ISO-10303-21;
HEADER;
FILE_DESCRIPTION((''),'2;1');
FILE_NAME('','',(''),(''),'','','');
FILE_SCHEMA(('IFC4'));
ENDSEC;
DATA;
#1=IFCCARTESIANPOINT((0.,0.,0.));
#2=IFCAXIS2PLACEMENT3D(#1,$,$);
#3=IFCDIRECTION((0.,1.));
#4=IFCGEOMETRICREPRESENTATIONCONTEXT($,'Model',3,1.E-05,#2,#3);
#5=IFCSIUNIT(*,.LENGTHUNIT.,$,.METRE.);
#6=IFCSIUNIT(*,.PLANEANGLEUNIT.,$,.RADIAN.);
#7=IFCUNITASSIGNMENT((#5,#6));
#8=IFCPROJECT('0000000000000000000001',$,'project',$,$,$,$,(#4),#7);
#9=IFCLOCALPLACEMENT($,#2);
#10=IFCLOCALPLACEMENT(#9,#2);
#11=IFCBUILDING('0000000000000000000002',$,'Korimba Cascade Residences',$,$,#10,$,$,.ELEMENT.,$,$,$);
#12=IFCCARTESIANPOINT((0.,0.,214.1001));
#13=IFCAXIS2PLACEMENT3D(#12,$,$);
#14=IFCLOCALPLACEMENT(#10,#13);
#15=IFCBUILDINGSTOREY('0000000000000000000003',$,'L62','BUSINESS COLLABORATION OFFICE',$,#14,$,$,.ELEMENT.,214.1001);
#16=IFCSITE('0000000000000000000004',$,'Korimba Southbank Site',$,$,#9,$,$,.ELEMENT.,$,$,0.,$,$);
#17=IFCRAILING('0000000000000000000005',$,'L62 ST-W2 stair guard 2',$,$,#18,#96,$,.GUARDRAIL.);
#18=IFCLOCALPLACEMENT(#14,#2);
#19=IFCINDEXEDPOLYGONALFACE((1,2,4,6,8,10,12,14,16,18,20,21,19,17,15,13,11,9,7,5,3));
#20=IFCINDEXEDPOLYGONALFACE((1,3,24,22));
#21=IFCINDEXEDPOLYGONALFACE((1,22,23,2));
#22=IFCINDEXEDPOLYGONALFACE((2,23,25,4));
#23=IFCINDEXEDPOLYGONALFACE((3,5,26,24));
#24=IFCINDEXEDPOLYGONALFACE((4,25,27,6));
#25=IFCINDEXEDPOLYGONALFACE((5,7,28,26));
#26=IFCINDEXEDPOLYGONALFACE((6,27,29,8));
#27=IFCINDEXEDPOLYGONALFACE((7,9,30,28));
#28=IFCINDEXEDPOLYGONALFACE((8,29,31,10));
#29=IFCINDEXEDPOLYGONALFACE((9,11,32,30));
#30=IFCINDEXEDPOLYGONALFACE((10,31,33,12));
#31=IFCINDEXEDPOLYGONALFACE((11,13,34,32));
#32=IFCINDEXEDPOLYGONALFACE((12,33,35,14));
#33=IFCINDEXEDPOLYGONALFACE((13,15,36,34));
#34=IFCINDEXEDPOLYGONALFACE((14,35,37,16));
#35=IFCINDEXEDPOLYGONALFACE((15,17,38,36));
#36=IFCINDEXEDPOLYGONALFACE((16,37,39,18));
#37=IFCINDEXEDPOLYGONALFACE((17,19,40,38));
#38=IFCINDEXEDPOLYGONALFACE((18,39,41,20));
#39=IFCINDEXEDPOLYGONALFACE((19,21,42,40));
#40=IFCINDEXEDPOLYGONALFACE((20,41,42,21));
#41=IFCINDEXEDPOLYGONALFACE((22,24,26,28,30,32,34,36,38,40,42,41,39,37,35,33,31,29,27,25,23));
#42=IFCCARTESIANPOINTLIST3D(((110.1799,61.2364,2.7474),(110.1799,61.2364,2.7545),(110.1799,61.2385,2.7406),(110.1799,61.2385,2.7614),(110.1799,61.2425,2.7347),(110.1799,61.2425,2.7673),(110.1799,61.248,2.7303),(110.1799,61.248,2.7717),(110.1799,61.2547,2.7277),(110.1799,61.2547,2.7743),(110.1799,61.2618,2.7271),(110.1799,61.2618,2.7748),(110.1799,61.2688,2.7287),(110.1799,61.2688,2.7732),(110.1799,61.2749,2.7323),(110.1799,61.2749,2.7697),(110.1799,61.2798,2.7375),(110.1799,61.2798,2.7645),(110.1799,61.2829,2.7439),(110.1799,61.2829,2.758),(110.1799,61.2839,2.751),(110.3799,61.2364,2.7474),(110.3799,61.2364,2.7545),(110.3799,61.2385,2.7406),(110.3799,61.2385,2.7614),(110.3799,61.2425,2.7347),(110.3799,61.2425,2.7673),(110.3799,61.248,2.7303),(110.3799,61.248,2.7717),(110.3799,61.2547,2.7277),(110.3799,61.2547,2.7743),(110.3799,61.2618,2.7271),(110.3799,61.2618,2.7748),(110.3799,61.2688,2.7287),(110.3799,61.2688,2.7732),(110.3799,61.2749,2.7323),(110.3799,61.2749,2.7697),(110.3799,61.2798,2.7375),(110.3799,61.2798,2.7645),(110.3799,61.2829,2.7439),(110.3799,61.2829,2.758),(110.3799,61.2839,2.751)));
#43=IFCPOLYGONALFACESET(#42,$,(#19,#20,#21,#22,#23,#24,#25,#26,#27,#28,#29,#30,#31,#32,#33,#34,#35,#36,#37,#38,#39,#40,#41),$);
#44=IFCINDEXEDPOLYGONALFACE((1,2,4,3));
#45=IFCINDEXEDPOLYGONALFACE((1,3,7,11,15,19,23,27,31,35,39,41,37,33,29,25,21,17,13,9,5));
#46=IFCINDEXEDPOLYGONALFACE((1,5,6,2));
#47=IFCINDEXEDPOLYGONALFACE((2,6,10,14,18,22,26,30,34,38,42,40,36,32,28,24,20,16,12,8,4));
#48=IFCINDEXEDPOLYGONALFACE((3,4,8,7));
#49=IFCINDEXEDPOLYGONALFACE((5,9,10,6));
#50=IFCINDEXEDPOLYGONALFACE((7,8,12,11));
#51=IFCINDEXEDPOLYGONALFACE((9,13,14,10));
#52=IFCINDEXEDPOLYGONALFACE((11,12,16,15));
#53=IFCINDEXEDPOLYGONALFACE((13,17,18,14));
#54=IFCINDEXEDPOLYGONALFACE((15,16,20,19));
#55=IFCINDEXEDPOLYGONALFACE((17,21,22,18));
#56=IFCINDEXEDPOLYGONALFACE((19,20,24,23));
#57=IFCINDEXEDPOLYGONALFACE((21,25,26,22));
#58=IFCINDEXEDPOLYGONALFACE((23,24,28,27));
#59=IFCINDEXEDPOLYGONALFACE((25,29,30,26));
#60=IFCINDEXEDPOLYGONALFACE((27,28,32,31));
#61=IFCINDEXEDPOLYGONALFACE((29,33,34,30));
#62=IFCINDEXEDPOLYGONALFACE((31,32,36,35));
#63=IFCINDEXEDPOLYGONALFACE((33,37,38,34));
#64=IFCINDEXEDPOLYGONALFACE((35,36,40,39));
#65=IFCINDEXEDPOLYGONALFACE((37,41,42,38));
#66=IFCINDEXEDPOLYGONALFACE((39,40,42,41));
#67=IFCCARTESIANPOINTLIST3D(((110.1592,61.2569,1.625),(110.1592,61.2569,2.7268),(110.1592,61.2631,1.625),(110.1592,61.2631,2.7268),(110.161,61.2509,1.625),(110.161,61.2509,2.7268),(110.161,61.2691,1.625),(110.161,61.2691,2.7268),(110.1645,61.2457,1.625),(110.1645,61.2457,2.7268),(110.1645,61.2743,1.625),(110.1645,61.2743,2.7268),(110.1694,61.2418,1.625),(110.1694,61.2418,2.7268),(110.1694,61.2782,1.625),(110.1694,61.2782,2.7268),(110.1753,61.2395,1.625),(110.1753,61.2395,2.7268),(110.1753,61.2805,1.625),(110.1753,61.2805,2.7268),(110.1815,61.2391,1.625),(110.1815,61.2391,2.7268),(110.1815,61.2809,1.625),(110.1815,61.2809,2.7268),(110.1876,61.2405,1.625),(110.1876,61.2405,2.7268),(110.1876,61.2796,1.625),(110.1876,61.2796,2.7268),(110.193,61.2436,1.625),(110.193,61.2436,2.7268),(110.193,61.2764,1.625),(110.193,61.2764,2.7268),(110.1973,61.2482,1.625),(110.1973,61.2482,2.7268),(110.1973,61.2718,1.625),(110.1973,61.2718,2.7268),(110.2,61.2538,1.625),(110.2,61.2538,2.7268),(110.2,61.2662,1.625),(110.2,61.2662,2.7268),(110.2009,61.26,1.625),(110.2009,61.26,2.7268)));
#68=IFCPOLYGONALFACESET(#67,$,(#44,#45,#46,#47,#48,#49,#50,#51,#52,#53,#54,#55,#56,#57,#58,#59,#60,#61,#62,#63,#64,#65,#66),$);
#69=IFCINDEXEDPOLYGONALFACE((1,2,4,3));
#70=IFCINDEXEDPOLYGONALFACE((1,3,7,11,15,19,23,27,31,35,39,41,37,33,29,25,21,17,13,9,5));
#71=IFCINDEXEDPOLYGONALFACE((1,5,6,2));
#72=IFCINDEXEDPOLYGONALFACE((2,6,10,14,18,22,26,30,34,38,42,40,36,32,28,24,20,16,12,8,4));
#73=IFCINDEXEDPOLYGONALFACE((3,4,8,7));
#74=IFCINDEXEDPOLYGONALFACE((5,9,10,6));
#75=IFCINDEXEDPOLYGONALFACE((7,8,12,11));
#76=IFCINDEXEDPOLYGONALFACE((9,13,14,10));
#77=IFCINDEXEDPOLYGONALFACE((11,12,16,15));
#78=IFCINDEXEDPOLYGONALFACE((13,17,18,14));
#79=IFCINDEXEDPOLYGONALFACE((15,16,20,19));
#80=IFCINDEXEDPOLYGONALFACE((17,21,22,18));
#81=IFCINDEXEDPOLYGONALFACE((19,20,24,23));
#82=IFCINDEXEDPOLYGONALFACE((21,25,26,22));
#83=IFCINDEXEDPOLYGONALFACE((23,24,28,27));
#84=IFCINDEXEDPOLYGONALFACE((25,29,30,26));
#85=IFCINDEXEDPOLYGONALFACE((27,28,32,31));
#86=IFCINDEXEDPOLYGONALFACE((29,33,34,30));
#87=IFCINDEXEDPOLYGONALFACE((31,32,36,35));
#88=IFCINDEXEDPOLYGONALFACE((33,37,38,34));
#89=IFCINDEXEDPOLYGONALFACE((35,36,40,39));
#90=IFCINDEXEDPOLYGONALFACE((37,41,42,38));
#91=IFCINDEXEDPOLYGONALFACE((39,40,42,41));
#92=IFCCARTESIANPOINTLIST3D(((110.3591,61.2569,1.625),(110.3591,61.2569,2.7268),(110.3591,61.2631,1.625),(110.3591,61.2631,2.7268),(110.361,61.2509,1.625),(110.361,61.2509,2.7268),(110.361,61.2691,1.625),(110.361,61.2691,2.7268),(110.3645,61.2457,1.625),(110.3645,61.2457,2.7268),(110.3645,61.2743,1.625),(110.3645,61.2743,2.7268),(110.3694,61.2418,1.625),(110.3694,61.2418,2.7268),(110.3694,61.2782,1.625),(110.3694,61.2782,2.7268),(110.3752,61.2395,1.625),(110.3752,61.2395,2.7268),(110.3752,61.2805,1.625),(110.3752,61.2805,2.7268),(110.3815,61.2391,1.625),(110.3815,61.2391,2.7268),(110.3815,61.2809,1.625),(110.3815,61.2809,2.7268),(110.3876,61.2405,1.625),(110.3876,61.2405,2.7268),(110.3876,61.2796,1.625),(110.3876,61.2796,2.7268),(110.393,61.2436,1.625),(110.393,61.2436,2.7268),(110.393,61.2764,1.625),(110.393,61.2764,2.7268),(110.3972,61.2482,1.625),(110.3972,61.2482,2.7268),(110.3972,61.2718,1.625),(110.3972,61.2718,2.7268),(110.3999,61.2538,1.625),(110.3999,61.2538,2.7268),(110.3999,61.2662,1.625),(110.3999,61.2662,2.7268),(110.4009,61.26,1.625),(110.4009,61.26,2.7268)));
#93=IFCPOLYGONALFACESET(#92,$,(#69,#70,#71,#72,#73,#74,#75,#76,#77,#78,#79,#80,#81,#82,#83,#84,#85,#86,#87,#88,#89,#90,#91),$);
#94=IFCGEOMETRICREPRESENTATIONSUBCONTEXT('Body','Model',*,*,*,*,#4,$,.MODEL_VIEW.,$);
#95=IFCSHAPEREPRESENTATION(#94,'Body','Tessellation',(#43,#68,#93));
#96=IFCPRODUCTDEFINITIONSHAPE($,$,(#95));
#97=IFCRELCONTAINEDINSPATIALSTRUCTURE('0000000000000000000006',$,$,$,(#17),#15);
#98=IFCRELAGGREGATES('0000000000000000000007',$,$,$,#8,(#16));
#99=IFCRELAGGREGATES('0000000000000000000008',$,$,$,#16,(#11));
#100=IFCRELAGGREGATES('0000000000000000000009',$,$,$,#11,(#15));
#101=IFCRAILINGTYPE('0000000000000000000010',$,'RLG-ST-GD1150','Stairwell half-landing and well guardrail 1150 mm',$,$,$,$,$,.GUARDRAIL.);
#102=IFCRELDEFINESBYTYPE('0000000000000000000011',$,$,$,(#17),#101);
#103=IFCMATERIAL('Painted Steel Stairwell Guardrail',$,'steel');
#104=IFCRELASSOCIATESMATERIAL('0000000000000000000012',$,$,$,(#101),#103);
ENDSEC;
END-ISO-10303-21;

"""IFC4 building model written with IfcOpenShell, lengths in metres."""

from ifc_helpers import new_model, si_unit, direction, frame, origin, origin_2d, place, context, subcontext, project, spatial, circle, extrude, material, type_object, element, save


model = new_model("IFC4")

# Units and contexts
model_context = context("Model", 3, precision=1e-05, world=origin(), true_north=direction((0.0, 1.0)))
body_context = subcontext(model_context, "Body", "Model", "MODEL_VIEW")
ifc_project = project(units=[si_unit("LENGTHUNIT", "METRE"), si_unit("PLANEANGLEUNIT", "RADIAN")], contexts=[model_context])

# Site, building, storey
site_placement = place(None, origin())
site = spatial("IfcSite", under=ifc_project, at=site_placement, Name="Korimba Southbank Site", CompositionType="ELEMENT", RefElevation=0.0)
building_placement = place(site_placement, origin())
building = spatial("IfcBuilding", under=site, at=building_placement, Name="Korimba Cascade Residences", CompositionType="ELEMENT")
storey_placement = place(building_placement, frame((0.0, 0.0, 214.1001)))
storey = spatial("IfcBuildingStorey", under=building, at=storey_placement, Name="L62", Description="BUSINESS COLLABORATION OFFICE", CompositionType="ELEMENT", Elevation=214.1001)

# Railing
ifc_material_1 = material(Name="Painted Steel Stairwell Guardrail", Category="steel")
railing_type_1 = type_object("IfcRailingType", Name="RLG-ST-GD1150", Description="Stairwell half-landing and well guardrail 1150 mm", PredefinedType="GUARDRAIL", material=ifc_material_1)
railing_1_placement = place(storey_placement, frame((110.1799, 61.26, 1.625)))
element("IfcRailing", 1, at=railing_1_placement, inside=storey, type_object=railing_type_1, Name="L62 ST-W2 stair guard 2", PredefinedType="GUARDRAIL", context=body_context, shape_type="SweptSolid", body=[
    extrude(circle(Radius=0.0239, at=origin_2d()), frame((0.0, 0.0, 1.126), z_axis=(1.0, 0.0, 0.0), x_axis=(0.0, 1.0, 0.0)), (0.0, 0.0, 1.0), 0.2),
    extrude(circle(Radius=0.021, at=origin_2d()), origin(), (0.0, 0.0, 1.0), 1.1018),
    extrude(circle(Radius=0.021, at=origin_2d()), frame((0.2, 0.0, 0.0)), (0.0, 0.0, 1.0), 1.1018),
])

save(model, "model.ifc")
